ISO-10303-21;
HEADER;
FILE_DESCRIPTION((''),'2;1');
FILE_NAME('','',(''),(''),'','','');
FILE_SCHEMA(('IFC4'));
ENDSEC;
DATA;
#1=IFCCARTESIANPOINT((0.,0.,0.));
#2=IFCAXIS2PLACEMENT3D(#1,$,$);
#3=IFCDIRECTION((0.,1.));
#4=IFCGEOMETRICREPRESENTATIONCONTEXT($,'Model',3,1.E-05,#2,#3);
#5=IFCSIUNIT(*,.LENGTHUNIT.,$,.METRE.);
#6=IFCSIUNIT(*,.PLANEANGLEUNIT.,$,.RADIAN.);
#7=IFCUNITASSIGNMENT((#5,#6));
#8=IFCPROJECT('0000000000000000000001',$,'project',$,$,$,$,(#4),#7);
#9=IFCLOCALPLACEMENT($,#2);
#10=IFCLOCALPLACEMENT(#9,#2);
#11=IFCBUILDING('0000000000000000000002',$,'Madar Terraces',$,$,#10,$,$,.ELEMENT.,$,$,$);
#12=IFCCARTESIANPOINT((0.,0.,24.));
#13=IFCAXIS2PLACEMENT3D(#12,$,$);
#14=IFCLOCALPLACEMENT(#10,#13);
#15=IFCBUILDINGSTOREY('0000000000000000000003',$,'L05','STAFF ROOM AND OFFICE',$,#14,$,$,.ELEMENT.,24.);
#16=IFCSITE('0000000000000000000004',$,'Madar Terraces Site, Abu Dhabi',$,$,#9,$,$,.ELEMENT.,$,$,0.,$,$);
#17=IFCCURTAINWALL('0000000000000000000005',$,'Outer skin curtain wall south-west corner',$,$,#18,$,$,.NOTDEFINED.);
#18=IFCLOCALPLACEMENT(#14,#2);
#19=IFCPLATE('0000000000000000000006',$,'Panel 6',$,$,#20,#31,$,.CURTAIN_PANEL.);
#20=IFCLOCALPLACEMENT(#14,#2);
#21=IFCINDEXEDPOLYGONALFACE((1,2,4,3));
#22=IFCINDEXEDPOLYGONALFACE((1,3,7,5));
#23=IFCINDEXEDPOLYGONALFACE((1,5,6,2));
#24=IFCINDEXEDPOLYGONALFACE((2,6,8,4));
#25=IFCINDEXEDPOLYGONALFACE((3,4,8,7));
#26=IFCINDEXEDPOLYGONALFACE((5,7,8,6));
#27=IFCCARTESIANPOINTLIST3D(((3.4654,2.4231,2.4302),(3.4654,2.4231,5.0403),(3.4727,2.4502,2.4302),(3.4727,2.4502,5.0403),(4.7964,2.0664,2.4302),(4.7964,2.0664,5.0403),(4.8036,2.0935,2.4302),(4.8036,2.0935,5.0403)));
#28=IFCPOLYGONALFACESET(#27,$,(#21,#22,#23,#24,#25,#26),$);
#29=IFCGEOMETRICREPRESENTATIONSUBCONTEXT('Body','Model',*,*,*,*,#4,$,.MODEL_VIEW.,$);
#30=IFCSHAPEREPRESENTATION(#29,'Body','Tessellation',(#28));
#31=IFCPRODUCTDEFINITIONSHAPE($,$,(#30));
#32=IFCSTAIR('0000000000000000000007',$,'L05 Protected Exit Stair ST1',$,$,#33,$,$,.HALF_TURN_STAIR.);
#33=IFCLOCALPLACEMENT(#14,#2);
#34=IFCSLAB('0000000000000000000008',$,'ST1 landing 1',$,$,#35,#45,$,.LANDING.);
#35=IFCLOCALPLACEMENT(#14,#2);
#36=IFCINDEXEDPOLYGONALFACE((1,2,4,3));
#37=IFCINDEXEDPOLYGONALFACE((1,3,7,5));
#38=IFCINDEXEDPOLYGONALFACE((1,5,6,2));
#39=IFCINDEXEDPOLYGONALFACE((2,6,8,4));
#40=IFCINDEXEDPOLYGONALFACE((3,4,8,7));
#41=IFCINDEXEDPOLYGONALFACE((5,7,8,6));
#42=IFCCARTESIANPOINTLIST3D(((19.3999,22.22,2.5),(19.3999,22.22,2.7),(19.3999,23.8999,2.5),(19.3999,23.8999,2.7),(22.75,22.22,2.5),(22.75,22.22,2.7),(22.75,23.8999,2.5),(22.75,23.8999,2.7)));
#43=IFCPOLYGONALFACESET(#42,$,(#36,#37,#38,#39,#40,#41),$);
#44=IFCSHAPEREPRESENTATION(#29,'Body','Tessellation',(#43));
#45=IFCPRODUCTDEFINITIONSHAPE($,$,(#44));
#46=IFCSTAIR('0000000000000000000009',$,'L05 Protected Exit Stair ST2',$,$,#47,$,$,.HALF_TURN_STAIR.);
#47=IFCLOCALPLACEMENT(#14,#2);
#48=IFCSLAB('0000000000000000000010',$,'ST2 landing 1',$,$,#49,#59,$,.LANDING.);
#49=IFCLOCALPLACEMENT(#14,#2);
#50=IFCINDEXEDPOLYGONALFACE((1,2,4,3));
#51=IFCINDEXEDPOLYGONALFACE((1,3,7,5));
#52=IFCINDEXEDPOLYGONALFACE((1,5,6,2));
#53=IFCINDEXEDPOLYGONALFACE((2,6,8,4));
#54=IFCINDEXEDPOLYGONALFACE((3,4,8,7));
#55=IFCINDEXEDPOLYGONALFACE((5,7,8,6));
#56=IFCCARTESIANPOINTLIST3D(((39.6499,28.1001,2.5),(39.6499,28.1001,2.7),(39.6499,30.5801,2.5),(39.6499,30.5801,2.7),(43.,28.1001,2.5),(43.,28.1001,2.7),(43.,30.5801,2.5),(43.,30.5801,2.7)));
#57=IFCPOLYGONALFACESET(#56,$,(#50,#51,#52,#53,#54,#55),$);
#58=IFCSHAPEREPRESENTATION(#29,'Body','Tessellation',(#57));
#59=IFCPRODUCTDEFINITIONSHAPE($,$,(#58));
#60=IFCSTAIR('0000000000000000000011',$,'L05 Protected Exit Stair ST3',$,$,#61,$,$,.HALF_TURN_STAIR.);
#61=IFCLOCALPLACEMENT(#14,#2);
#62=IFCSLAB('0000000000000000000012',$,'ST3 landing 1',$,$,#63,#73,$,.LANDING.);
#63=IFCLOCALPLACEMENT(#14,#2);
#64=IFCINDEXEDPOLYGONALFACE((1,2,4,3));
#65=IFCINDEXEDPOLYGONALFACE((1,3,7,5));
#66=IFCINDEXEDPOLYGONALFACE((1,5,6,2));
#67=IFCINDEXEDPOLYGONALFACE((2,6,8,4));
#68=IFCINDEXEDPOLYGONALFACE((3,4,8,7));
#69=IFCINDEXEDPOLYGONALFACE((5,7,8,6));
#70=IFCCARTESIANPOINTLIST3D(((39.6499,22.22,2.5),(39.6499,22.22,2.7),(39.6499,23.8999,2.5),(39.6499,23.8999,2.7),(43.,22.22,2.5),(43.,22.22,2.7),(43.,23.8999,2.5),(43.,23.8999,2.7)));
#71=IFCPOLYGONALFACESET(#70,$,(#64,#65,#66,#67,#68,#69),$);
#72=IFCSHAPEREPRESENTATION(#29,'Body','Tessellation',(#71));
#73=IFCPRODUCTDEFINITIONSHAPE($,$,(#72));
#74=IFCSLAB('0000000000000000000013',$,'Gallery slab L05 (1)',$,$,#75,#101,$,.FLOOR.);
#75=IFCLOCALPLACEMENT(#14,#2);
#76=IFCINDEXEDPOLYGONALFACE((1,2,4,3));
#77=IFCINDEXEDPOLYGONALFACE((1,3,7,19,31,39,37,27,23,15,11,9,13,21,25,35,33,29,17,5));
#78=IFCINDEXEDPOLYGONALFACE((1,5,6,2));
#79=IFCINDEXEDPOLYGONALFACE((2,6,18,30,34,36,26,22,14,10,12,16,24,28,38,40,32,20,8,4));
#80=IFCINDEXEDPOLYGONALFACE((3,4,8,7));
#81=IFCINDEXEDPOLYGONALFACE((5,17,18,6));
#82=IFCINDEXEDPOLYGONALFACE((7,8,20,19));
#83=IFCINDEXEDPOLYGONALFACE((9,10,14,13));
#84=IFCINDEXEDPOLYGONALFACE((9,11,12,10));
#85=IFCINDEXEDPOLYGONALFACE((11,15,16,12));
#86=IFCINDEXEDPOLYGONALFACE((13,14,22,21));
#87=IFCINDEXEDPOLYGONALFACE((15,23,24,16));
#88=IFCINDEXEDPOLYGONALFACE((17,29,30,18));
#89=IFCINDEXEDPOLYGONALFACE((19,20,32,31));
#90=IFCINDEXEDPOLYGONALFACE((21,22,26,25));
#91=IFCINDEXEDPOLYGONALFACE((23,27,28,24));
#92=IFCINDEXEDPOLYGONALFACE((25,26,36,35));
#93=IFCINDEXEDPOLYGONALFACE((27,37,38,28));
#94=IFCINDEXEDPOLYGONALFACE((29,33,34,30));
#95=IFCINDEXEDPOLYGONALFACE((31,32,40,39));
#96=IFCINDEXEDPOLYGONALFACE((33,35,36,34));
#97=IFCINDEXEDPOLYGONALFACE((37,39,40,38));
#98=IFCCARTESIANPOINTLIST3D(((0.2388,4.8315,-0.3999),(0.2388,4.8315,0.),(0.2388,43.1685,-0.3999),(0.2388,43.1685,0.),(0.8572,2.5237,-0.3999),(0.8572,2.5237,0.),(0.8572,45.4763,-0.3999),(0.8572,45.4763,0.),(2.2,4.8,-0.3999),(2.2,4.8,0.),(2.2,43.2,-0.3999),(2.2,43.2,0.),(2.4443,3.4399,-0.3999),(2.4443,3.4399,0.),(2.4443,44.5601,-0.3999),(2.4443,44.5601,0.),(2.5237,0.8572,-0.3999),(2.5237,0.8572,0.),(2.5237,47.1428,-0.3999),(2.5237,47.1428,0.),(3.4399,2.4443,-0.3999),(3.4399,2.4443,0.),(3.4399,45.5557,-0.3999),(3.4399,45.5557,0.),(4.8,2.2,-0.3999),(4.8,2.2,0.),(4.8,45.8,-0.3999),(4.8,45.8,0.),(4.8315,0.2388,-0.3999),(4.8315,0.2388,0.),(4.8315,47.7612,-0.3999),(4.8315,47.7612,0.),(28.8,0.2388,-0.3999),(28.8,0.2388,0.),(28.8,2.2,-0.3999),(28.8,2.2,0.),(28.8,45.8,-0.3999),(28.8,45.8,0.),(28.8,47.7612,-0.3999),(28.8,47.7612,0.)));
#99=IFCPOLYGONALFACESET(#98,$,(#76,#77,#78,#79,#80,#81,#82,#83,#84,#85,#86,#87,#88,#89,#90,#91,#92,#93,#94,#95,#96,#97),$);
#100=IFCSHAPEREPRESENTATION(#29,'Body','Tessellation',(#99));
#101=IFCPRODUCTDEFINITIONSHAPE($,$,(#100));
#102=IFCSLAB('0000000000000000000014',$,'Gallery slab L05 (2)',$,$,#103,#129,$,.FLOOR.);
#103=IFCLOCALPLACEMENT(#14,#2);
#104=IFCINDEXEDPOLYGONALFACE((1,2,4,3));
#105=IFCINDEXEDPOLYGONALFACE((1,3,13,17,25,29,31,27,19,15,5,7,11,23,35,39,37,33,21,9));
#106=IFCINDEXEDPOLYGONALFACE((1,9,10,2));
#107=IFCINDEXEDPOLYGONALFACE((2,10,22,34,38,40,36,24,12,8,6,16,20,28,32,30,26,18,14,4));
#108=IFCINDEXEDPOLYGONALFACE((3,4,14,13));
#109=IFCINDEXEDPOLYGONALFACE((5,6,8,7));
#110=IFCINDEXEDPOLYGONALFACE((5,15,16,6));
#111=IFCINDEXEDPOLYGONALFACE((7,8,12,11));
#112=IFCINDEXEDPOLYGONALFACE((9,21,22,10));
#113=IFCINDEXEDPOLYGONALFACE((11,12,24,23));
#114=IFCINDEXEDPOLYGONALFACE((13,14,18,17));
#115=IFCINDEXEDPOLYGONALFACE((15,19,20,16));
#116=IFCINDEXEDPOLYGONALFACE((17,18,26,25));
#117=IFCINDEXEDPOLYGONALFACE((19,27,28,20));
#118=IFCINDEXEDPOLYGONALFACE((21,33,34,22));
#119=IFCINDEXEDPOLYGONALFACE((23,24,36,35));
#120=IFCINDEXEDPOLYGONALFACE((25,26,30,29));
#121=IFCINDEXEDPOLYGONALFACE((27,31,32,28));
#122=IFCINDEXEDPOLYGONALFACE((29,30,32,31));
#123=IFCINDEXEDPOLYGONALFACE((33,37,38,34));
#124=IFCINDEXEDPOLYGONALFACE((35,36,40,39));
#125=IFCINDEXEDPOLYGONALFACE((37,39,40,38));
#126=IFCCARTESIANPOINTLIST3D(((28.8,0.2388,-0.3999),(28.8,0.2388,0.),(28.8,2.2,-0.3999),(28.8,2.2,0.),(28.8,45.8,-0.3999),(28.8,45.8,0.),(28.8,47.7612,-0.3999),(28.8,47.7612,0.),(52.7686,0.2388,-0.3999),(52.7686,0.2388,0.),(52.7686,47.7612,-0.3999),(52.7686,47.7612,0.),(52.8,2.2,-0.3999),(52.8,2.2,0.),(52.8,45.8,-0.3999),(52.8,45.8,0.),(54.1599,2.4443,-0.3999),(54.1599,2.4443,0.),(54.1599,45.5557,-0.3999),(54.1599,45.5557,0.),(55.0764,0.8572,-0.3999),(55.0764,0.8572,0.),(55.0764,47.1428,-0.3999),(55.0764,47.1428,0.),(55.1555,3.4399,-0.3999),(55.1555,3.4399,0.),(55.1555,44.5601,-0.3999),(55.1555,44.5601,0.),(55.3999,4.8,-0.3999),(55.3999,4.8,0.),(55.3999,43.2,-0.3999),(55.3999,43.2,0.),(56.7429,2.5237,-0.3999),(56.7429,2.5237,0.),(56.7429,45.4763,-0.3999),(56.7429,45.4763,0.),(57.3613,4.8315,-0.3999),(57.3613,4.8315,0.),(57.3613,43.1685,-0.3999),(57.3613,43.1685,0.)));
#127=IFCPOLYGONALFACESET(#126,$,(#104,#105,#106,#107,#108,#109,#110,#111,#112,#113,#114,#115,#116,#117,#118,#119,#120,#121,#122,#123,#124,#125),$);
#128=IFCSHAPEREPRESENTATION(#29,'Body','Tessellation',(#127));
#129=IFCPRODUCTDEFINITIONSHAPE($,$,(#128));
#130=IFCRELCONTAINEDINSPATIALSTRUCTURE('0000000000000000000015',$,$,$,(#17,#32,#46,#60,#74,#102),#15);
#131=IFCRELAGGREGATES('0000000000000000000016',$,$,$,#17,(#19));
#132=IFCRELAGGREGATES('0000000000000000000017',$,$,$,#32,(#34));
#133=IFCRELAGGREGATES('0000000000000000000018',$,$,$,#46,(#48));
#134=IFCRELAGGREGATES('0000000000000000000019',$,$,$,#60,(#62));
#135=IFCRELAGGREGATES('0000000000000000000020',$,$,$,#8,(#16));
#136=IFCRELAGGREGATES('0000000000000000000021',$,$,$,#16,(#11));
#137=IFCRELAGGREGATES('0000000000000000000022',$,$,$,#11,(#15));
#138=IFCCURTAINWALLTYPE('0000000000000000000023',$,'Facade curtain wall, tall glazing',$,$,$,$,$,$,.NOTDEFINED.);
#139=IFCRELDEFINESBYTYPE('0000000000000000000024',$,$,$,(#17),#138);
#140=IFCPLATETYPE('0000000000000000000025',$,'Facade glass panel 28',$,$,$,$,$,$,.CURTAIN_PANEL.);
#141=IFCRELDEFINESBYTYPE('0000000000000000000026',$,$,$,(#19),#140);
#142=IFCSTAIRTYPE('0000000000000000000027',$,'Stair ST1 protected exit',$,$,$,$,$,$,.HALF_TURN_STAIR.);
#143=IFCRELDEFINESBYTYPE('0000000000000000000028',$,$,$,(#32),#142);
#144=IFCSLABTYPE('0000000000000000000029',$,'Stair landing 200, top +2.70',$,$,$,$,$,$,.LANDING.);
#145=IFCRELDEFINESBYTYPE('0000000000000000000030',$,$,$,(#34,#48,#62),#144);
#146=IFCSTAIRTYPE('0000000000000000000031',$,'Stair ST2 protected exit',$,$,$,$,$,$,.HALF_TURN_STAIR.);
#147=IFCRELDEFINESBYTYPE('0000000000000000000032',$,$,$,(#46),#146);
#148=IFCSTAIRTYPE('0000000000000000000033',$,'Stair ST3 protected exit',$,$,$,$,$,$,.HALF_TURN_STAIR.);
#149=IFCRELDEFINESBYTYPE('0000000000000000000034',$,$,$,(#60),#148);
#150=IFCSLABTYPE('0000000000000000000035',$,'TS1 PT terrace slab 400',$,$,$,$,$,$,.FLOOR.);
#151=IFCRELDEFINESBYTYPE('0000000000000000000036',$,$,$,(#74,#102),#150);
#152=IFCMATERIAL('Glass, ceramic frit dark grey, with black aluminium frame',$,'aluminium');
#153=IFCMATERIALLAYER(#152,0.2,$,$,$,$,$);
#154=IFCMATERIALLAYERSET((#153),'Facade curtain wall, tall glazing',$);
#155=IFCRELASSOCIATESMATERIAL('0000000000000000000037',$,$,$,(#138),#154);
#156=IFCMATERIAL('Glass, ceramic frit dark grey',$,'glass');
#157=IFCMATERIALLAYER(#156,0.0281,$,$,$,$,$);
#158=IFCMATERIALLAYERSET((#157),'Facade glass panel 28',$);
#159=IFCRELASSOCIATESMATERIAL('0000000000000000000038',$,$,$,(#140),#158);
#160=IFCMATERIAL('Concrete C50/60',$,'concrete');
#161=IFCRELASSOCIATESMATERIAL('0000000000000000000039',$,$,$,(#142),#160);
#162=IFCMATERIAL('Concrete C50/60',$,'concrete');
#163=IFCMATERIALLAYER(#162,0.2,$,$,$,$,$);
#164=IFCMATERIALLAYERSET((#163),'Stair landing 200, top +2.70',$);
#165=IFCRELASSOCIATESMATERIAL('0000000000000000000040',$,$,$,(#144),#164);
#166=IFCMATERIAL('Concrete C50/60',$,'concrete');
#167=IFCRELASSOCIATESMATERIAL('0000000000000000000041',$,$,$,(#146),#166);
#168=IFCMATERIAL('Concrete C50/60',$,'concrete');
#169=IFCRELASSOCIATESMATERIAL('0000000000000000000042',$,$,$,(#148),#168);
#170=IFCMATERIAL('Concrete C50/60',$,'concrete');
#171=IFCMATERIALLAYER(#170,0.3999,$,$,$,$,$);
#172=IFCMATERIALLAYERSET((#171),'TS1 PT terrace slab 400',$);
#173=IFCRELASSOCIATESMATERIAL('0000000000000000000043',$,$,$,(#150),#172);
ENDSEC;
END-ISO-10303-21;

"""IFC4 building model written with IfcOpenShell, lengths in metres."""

from ifc_helpers import new_model, si_unit, direction, frame, origin, origin_2d, place, context, subcontext, project, spatial, polyline, rectangle, outline, extrude, material, layer, layer_set, type_object, element, aggregate, save


model = new_model("IFC4")

# Units and contexts
model_context = context("Model", 3, precision=1e-05, world=origin(), true_north=direction((0.0, 1.0)))
body_context = subcontext(model_context, "Body", "Model", "MODEL_VIEW")
ifc_project = project(units=[si_unit("LENGTHUNIT", "METRE"), si_unit("PLANEANGLEUNIT", "RADIAN")], contexts=[model_context])

# Site, building, storey
site_placement = place(None, origin())
site = spatial("IfcSite", under=ifc_project, at=site_placement, Name="Madar Terraces Site, Abu Dhabi", CompositionType="ELEMENT", RefElevation=0.0)
building_placement = place(site_placement, origin())
building = spatial("IfcBuilding", under=site, at=building_placement, Name="Madar Terraces", CompositionType="ELEMENT")
storey_placement = place(building_placement, frame((0.0, 0.0, 24.0)))
storey = spatial("IfcBuildingStorey", under=building, at=storey_placement, Name="L05", Description="STAFF ROOM AND OFFICE", CompositionType="ELEMENT", Elevation=24.0)

# Curtain wall
ifc_material_1 = material(Name="Glass, ceramic frit dark grey, with black aluminium frame", Category="aluminium")
ifc_layer_1 = layer(ifc_material_1, 0.2)
ifc_layer_set_1 = layer_set([ifc_layer_1], Name="Facade curtain wall, tall glazing")
curtain_wall_type = type_object("IfcCurtainWallType", Name="Facade curtain wall, tall glazing", PredefinedType="NOTDEFINED", material=ifc_layer_set_1)
curtain_wall_placement = place(storey_placement, origin())
curtain_wall = element("IfcCurtainWall", 1, at=curtain_wall_placement, inside=storey, type_object=curtain_wall_type, Name="Outer skin curtain wall south-west corner", PredefinedType="NOTDEFINED")

# Plate
ifc_material_2 = material(Name="Glass, ceramic frit dark grey", Category="glass")
ifc_layer_2 = layer(ifc_material_2, 0.0281)
ifc_layer_set_2 = layer_set([ifc_layer_2], Name="Facade glass panel 28")
plate_type = type_object("IfcPlateType", Name="Facade glass panel 28", PredefinedType="CURTAIN_PANEL", material=ifc_layer_set_2)
plate_1_placement = place(storey_placement, frame((4.1345, 2.2583, 2.4302), z_axis=(0.0, 0.0, 1.0), x_axis=(0.965926, -0.258819, 0.0)))
plate_1 = element("IfcPlate", 2, at=plate_1_placement, type_object=plate_type, Name="Panel 6", PredefinedType="CURTAIN_PANEL", context=body_context, shape_type="SweptSolid", body=[
    extrude(rectangle(XDim=1.3779, YDim=0.0281, at=origin_2d()), origin(), (0.0, 0.0, 1.0), 2.6101),
])
aggregate(curtain_wall, [plate_1])

# Stairs, slabs
ifc_material_3 = material(Name="Concrete C50/60", Category="concrete")
stair_type_1 = type_object("IfcStairType", Name="Stair ST1 protected exit", PredefinedType="HALF_TURN_STAIR", material=ifc_material_3)
stair_1_placement = place(storey_placement, origin())
stair_1 = element("IfcStair", 3, at=stair_1_placement, inside=storey, type_object=stair_type_1, Name="L05 Protected Exit Stair ST1", PredefinedType="HALF_TURN_STAIR")
ifc_material_4 = material(Name="Concrete C50/60", Category="concrete")
ifc_layer_3 = layer(ifc_material_4, 0.2)
ifc_layer_set_3 = layer_set([ifc_layer_3], Name="Stair landing 200, top +2.70")
slab_type_1 = type_object("IfcSlabType", Name="Stair landing 200, top +2.70", PredefinedType="LANDING", material=ifc_layer_set_3)
slab_1_placement = place(storey_placement, frame((0.0, 0.0, 2.5)))
slab_1 = element("IfcSlab", 4, at=slab_1_placement, type_object=slab_type_1, Name="ST1 landing 1", PredefinedType="LANDING", context=body_context, shape_type="SweptSolid", body=[
    extrude(outline(polyline([(19.3999, 22.22), (22.75, 22.22), (22.75, 23.8999), (19.3999, 23.8999), (19.3999, 22.22)])), origin(), (0.0, 0.0, 1.0), 0.2),
])
aggregate(stair_1, [slab_1])
ifc_material_5 = material(Name="Concrete C50/60", Category="concrete")
stair_type_2 = type_object("IfcStairType", Name="Stair ST2 protected exit", PredefinedType="HALF_TURN_STAIR", material=ifc_material_5)
stair_2_placement = place(storey_placement, origin())
stair_2 = element("IfcStair", 5, at=stair_2_placement, inside=storey, type_object=stair_type_2, Name="L05 Protected Exit Stair ST2", PredefinedType="HALF_TURN_STAIR")
slab_2_placement = place(storey_placement, frame((0.0, 0.0, 2.5)))
slab_2 = element("IfcSlab", 6, at=slab_2_placement, type_object=slab_type_1, Name="ST2 landing 1", PredefinedType="LANDING", context=body_context, shape_type="SweptSolid", body=[
    extrude(outline(polyline([(39.6499, 28.1001), (43.0, 28.1001), (43.0, 30.5801), (39.6499, 30.5801), (39.6499, 28.1001)])), origin(), (0.0, 0.0, 1.0), 0.2),
])
aggregate(stair_2, [slab_2])
ifc_material_6 = material(Name="Concrete C50/60", Category="concrete")
stair_type_3 = type_object("IfcStairType", Name="Stair ST3 protected exit", PredefinedType="HALF_TURN_STAIR", material=ifc_material_6)
stair_3_placement = place(storey_placement, origin())
stair_3 = element("IfcStair", 7, at=stair_3_placement, inside=storey, type_object=stair_type_3, Name="L05 Protected Exit Stair ST3", PredefinedType="HALF_TURN_STAIR")
slab_3_placement = place(storey_placement, frame((0.0, 0.0, 2.5)))
slab_3 = element("IfcSlab", 8, at=slab_3_placement, type_object=slab_type_1, Name="ST3 landing 1", PredefinedType="LANDING", context=body_context, shape_type="SweptSolid", body=[
    extrude(outline(polyline([(39.6499, 22.22), (43.0, 22.22), (43.0, 23.8999), (39.6499, 23.8999), (39.6499, 22.22)])), origin(), (0.0, 0.0, 1.0), 0.2),
])
aggregate(stair_3, [slab_3])

# Slabs
ifc_material_7 = material(Name="Concrete C50/60", Category="concrete")
ifc_layer_4 = layer(ifc_material_7, 0.3999)
ifc_layer_set_4 = layer_set([ifc_layer_4], Name="TS1 PT terrace slab 400")
slab_type_2 = type_object("IfcSlabType", Name="TS1 PT terrace slab 400", PredefinedType="FLOOR", material=ifc_layer_set_4)
slab_4_placement = place(storey_placement, frame((0.0, 0.0, -0.3999)))
element("IfcSlab", 9, at=slab_4_placement, inside=storey, type_object=slab_type_2, Name="Gallery slab L05 (1)", PredefinedType="FLOOR", context=body_context, shape_type="SweptSolid", body=[
    extrude(outline(polyline([(2.5237, 0.8572), (4.8315, 0.2388), (28.8, 0.2388), (28.8, 2.2), (4.8, 2.2), (3.4399, 2.4443), (2.4443, 3.4399), (2.2, 4.8), (2.2, 43.2), (2.4443, 44.5601), (3.4399, 45.5557), (4.8, 45.8), (28.8, 45.8), (28.8, 47.7612), (4.8315, 47.7612), (2.5237, 47.1428), (0.8572, 45.4763), (0.2388, 43.1685), (0.2388, 4.8315), (0.8572, 2.5237), (2.5237, 0.8572)])), origin(), (0.0, 0.0, 1.0), 0.3999),
])
slab_5_placement = place(storey_placement, frame((0.0, 0.0, -0.3999)))
element("IfcSlab", 10, at=slab_5_placement, inside=storey, type_object=slab_type_2, Name="Gallery slab L05 (2)", PredefinedType="FLOOR", context=body_context, shape_type="SweptSolid", body=[
    extrude(outline(polyline([(28.8, 47.7612), (28.8, 45.8), (52.8, 45.8), (54.1599, 45.5557), (55.1555, 44.5601), (55.3999, 43.2), (55.3999, 4.8), (55.1555, 3.4399), (54.1599, 2.4443), (52.8, 2.2), (28.8, 2.2), (28.8, 0.2388), (52.7686, 0.2388), (55.0764, 0.8572), (56.7429, 2.5237), (57.3613, 4.8315), (57.3613, 43.1685), (56.7429, 45.4763), (55.0764, 47.1428), (52.7686, 47.7612), (28.8, 47.7612)])), origin(), (0.0, 0.0, 1.0), 0.3999),
])

save(model, "model.ifc")
